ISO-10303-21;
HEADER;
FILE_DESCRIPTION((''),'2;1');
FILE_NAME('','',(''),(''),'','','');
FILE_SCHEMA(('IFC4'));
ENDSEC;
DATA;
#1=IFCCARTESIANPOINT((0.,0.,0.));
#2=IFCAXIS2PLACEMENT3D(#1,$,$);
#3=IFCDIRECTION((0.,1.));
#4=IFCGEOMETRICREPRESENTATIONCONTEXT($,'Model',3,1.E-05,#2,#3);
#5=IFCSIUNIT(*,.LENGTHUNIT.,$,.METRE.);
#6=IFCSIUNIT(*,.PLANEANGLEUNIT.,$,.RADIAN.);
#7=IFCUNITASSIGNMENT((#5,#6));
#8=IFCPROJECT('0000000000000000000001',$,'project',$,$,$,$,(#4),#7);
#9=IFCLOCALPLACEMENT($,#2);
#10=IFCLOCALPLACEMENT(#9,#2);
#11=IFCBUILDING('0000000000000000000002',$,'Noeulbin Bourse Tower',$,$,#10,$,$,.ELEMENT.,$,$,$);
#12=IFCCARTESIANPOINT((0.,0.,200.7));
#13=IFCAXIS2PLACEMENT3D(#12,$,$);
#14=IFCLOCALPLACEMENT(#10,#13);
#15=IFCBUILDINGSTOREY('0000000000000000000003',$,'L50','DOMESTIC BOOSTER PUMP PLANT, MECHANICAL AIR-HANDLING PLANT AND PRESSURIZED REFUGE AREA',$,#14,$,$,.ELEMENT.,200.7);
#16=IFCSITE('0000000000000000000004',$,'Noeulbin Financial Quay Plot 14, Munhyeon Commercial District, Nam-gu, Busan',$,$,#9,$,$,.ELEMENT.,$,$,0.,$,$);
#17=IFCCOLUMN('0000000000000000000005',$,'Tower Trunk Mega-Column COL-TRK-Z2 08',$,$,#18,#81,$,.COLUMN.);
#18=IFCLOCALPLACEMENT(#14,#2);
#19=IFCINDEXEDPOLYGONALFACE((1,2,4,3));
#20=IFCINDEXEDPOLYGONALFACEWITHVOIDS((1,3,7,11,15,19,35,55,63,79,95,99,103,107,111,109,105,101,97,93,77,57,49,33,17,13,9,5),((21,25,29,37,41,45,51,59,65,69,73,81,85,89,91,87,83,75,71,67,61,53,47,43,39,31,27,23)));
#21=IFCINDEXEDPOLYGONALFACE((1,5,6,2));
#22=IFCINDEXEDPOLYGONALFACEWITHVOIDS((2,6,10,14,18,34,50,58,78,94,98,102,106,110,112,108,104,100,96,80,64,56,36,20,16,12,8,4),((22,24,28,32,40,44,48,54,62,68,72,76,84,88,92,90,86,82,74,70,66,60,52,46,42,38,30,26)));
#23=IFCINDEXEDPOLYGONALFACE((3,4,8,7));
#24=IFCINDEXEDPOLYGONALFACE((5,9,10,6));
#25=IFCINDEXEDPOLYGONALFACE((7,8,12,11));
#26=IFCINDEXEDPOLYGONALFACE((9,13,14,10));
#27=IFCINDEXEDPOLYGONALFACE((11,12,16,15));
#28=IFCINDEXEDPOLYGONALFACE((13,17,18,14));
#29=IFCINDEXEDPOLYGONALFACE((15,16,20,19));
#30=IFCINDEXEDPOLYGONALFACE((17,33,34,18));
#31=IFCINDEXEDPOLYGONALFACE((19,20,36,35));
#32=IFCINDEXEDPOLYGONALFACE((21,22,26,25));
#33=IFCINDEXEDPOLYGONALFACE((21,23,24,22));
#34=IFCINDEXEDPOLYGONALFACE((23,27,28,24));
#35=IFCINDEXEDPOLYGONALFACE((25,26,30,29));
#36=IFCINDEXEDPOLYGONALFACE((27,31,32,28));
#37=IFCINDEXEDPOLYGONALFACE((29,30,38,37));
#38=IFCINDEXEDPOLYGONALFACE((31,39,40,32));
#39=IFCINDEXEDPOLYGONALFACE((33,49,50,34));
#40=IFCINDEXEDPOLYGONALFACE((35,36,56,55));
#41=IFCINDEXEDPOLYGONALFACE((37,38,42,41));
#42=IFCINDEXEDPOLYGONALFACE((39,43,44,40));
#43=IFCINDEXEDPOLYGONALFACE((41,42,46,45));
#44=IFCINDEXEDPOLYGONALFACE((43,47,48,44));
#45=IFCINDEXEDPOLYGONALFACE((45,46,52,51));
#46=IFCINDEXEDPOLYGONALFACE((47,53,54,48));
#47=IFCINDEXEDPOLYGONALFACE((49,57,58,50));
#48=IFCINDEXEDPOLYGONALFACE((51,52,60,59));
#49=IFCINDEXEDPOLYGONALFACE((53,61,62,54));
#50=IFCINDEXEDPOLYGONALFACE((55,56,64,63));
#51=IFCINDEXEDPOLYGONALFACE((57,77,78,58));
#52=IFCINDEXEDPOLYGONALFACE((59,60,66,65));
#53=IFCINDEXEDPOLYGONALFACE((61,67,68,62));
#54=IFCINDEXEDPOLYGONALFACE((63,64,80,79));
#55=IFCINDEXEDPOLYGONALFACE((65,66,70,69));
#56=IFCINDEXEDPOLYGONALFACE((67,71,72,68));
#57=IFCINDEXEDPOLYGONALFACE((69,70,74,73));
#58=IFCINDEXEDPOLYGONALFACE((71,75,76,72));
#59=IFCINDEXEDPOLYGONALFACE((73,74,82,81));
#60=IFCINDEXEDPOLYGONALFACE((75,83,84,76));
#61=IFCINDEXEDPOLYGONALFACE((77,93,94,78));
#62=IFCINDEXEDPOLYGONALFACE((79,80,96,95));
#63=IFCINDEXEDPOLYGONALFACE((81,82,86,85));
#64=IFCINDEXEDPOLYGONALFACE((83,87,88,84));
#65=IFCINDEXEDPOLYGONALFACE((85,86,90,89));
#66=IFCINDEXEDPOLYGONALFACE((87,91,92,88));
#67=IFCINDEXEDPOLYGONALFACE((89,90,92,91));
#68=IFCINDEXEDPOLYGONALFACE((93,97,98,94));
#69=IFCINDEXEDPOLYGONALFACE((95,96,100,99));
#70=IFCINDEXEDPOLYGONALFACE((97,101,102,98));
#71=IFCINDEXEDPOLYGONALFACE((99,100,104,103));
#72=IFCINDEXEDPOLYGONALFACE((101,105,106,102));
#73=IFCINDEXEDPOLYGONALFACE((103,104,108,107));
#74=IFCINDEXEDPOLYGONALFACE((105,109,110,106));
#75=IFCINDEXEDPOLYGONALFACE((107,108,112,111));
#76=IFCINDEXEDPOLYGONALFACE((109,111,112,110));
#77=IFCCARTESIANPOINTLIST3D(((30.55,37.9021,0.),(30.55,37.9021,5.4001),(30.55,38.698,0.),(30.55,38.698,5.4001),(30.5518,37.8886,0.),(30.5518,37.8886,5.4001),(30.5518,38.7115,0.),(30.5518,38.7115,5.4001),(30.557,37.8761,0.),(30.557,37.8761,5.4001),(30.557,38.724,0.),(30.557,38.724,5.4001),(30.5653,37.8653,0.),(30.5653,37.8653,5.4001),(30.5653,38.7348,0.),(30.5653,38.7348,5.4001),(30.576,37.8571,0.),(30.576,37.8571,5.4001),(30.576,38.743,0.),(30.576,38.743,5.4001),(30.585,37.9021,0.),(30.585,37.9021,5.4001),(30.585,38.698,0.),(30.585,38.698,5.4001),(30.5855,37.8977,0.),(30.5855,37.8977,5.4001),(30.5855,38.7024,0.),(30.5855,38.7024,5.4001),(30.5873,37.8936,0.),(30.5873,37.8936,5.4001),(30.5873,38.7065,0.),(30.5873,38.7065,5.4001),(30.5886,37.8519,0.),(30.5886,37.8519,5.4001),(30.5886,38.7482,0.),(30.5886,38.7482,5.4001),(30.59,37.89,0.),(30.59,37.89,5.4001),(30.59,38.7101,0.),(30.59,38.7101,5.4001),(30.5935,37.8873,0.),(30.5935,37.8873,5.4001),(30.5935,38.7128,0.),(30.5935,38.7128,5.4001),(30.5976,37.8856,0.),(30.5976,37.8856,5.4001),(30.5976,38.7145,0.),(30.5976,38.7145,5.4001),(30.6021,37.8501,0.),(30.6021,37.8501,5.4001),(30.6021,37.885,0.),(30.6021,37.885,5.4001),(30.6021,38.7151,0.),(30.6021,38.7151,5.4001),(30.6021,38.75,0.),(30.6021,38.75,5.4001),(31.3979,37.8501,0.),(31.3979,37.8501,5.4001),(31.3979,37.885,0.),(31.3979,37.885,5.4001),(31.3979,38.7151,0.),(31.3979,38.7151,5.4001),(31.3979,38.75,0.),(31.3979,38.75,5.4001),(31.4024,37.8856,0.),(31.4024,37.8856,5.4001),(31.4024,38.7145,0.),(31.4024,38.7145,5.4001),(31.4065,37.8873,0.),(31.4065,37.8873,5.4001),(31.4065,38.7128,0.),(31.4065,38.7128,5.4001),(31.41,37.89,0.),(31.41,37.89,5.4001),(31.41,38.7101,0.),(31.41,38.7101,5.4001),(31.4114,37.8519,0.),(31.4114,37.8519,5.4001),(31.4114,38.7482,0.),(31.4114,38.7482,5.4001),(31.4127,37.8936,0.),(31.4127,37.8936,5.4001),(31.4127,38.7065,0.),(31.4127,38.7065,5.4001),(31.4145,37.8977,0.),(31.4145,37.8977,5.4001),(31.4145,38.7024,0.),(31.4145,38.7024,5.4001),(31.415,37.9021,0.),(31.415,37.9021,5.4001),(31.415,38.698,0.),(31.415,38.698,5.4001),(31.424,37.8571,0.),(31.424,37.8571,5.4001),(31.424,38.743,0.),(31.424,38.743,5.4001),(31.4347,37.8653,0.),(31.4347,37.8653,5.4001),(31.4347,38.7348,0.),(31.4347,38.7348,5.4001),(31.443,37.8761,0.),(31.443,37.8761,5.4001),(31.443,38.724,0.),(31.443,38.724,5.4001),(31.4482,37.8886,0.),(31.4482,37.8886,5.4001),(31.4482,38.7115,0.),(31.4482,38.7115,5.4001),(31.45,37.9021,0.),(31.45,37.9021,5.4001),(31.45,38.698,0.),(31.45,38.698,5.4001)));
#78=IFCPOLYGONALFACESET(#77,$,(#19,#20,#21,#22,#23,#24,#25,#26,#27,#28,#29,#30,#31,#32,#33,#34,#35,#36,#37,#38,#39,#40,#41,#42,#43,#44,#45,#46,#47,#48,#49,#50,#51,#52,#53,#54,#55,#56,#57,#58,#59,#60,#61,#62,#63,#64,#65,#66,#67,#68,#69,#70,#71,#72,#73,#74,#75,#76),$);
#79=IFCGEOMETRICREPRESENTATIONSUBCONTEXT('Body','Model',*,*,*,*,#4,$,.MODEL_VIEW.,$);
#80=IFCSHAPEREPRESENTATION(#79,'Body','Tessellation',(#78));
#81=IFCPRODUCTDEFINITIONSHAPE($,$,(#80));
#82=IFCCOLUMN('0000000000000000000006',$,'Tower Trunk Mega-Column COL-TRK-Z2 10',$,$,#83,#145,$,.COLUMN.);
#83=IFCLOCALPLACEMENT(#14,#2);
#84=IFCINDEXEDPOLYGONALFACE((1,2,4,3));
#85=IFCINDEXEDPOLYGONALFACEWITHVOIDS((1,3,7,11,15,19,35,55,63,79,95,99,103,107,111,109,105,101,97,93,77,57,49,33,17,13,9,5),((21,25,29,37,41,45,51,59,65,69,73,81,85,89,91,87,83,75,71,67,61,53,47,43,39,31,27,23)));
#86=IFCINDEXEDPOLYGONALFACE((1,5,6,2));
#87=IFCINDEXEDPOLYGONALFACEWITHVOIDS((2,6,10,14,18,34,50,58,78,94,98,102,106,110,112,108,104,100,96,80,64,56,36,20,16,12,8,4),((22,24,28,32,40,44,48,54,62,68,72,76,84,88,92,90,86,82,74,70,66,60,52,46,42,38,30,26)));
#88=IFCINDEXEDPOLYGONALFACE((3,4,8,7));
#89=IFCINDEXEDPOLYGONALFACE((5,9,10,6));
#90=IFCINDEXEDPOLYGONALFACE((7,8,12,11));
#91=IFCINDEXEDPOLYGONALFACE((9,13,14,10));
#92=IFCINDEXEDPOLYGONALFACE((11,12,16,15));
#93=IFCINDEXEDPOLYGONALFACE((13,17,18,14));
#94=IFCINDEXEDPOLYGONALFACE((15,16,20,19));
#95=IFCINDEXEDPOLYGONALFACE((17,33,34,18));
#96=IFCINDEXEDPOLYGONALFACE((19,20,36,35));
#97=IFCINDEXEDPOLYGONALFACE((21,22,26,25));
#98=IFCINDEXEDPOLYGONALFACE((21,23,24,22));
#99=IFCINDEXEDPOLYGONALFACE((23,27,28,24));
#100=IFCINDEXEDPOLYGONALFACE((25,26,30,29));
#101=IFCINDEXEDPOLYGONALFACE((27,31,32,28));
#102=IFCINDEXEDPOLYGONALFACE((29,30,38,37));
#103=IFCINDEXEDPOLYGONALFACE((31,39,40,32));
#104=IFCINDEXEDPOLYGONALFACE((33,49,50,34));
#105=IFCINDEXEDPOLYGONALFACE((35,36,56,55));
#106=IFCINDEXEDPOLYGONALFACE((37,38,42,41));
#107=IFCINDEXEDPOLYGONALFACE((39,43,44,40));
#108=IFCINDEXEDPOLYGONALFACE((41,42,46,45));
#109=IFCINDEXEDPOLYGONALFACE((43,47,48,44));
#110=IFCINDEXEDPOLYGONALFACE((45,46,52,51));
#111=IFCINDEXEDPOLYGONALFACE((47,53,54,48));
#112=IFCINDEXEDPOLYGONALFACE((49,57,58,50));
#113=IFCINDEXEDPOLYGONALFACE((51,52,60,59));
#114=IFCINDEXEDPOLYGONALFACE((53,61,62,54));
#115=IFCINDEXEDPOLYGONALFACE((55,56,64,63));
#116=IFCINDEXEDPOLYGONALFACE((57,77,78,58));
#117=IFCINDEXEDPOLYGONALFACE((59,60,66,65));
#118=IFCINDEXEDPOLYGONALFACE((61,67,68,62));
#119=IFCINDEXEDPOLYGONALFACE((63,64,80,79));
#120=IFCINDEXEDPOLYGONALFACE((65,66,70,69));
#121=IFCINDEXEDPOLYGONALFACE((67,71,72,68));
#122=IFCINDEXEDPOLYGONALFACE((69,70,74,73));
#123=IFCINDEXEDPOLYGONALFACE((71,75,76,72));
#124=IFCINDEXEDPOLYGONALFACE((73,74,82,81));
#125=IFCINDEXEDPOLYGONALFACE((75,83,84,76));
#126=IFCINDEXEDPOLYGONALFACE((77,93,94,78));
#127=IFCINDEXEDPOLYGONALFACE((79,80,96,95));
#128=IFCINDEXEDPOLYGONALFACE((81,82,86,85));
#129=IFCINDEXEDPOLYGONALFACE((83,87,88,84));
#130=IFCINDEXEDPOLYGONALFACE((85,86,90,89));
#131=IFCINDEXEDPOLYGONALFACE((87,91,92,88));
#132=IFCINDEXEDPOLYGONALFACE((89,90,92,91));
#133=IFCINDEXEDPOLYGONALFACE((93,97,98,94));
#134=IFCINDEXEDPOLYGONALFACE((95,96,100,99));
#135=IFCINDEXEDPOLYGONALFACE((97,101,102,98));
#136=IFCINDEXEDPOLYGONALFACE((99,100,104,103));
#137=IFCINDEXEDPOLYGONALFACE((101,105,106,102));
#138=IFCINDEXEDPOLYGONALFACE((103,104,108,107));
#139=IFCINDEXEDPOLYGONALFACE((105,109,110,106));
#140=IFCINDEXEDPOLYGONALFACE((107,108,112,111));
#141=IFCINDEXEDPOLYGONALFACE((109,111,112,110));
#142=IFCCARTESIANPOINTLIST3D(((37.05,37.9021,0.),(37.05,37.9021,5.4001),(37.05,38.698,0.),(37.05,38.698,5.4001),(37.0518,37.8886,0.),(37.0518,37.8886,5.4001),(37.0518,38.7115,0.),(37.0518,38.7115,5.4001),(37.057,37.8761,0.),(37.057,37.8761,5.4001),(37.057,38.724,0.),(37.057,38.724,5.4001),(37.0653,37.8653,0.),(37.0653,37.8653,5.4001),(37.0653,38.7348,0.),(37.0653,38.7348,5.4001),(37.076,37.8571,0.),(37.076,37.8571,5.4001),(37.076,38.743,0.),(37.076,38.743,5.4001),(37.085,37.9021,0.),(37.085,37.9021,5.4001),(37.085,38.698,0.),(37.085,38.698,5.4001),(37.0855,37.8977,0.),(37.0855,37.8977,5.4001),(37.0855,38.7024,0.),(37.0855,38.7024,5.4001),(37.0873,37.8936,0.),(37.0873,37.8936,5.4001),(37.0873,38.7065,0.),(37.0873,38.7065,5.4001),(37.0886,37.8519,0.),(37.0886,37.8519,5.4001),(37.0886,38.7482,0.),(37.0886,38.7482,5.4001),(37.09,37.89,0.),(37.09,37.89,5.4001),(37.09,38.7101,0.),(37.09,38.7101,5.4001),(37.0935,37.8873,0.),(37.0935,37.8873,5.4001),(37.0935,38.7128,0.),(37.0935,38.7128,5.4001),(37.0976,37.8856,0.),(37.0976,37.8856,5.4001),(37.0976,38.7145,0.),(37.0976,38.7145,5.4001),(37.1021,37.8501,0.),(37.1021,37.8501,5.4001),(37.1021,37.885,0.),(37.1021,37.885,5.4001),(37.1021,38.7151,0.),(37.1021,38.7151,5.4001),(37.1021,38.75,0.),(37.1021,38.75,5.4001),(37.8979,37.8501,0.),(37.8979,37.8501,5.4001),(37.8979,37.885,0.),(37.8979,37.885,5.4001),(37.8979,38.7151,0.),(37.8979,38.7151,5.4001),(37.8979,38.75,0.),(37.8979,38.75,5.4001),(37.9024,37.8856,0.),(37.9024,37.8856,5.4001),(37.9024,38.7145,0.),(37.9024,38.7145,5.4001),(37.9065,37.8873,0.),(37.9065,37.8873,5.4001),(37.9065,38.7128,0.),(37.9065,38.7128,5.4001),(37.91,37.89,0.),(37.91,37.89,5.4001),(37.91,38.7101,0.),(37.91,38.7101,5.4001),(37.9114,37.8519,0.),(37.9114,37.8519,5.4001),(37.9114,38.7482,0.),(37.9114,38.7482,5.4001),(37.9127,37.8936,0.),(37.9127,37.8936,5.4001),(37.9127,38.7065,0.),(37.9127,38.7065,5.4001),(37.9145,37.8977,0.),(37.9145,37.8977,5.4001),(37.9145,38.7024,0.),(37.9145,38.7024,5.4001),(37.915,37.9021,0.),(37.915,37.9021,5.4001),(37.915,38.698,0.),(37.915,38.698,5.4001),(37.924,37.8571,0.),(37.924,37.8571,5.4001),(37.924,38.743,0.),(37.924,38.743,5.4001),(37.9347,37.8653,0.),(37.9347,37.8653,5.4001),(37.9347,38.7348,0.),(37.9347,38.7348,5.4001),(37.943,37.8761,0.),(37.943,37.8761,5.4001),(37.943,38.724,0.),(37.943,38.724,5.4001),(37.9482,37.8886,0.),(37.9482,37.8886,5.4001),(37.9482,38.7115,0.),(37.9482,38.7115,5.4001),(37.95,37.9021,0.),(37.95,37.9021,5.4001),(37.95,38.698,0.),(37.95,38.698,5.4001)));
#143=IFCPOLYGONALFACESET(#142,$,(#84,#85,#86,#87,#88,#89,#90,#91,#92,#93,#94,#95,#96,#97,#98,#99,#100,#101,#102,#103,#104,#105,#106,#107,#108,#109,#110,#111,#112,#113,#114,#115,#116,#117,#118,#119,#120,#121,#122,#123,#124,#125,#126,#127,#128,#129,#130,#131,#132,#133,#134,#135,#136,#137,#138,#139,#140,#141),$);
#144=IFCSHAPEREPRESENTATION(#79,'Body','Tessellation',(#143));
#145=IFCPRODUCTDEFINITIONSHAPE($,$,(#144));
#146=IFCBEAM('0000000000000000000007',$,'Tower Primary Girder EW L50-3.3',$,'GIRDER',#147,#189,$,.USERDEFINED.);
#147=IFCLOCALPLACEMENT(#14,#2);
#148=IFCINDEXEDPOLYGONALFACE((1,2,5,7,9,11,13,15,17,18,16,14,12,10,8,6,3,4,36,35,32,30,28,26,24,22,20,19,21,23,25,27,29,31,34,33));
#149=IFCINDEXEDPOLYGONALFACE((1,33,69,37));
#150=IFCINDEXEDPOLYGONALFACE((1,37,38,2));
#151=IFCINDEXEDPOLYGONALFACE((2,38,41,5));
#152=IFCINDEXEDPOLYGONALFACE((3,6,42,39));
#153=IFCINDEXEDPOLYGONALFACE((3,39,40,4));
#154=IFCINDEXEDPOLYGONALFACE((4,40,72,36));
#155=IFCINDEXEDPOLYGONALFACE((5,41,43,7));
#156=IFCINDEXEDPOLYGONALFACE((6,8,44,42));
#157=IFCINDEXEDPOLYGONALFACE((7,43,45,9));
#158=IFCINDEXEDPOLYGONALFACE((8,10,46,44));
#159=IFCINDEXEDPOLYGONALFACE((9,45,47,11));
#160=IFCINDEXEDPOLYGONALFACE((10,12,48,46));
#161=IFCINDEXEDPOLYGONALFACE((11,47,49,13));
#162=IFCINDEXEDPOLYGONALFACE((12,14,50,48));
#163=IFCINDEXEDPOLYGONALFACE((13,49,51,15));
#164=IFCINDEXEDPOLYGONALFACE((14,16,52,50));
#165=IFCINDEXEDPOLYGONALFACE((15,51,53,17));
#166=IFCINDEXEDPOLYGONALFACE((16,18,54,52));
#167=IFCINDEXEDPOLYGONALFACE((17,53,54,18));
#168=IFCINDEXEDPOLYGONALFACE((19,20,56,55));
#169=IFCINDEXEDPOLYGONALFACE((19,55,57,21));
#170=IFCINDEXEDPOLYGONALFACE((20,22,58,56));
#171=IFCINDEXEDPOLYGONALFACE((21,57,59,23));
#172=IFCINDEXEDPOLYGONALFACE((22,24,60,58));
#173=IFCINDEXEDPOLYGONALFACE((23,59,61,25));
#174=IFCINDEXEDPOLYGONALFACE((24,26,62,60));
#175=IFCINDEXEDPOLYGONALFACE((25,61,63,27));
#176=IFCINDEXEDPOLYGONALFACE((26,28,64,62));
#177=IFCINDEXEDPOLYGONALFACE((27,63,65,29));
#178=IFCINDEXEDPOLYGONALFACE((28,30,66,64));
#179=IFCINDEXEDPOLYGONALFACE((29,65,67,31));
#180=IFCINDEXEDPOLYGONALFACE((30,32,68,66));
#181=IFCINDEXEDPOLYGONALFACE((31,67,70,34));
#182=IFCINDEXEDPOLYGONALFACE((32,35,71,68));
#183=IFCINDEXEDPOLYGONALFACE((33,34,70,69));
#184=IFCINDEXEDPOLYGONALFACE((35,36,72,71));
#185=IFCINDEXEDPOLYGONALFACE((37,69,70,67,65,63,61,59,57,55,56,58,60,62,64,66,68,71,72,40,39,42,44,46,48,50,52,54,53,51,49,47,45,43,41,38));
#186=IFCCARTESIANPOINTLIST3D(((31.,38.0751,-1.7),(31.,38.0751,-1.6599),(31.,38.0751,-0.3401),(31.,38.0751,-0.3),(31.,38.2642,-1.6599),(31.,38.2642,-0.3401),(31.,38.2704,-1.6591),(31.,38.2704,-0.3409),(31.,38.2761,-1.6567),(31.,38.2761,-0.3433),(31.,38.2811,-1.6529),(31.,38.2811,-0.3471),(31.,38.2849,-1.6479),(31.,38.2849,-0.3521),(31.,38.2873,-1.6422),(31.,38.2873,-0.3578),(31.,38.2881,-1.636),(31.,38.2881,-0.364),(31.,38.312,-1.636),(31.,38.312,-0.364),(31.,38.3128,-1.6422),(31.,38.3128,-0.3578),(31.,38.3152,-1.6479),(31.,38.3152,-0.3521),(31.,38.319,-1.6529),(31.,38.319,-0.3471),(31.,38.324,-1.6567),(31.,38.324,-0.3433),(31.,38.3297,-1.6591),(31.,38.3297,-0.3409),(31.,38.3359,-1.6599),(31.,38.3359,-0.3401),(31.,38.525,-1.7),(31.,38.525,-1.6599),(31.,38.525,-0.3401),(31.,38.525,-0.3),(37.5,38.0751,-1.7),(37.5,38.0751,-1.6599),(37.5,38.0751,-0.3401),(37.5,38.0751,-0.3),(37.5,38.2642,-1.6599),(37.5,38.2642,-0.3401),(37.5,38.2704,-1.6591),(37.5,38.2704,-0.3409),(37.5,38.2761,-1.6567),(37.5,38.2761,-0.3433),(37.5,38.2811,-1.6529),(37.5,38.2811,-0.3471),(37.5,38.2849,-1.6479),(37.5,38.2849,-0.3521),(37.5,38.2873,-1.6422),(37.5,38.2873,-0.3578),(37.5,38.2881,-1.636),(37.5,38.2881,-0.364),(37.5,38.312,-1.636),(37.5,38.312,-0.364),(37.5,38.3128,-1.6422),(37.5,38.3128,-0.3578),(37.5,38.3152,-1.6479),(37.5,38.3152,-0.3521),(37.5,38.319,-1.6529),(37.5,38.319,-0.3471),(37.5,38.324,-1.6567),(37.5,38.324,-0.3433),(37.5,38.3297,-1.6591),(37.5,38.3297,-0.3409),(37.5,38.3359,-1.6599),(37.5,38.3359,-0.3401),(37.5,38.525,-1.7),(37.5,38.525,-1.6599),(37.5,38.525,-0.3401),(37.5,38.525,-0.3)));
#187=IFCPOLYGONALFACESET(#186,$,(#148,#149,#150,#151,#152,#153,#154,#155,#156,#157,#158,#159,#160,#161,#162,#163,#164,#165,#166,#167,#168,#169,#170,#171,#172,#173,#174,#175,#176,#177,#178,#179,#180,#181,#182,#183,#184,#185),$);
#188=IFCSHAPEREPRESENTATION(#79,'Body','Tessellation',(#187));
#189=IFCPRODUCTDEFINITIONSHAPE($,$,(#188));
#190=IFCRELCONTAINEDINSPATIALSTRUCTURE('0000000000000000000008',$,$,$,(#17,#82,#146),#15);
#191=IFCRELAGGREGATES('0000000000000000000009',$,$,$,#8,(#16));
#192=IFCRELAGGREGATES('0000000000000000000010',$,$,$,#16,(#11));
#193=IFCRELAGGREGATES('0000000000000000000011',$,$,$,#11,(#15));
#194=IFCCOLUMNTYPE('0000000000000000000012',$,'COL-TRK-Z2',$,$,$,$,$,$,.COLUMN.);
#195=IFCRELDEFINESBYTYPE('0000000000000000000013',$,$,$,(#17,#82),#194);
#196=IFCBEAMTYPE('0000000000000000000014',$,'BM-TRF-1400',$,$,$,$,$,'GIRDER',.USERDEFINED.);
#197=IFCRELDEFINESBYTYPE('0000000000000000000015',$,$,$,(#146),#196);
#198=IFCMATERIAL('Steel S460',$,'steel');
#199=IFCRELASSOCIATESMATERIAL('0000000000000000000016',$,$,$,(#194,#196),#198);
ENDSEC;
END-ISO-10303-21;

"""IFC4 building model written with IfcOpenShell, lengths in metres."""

from ifc_helpers import new_model, si_unit, direction, frame, origin, origin_2d, place, context, subcontext, project, spatial, hollow_rectangle, i_section, extrude, material, material_profile, profile_set, type_object, element, save


model = new_model("IFC4")

# Units and contexts
model_context = context("Model", 3, precision=1e-05, world=origin(), true_north=direction((0.0, 1.0)))
body_context = subcontext(model_context, "Body", "Model", "MODEL_VIEW")
ifc_project = project(units=[si_unit("LENGTHUNIT", "METRE"), si_unit("PLANEANGLEUNIT", "RADIAN")], contexts=[model_context])

# Site, building, storey
site_placement = place(None, origin())
site = spatial("IfcSite", under=ifc_project, at=site_placement, Name="Noeulbin Financial Quay Plot 14, Munhyeon Commercial District, Nam-gu, Busan", CompositionType="ELEMENT", RefElevation=0.0)
building_placement = place(site_placement, origin())
building = spatial("IfcBuilding", under=site, at=building_placement, Name="Noeulbin Bourse Tower", CompositionType="ELEMENT")
storey_placement = place(building_placement, frame((0.0, 0.0, 200.7)))
storey = spatial("IfcBuildingStorey", under=building, at=storey_placement, Name="L50", Description="DOMESTIC BOOSTER PUMP PLANT, MECHANICAL AIR-HANDLING PLANT AND PRESSURIZED REFUGE AREA", CompositionType="ELEMENT", Elevation=200.7)

# Columns
ifc_material_1 = material(Name="Steel S460", Category="steel")
ifc_material_profile_1 = material_profile(ifc_material_1, hollow_rectangle(XDim=0.8999, YDim=0.8999, WallThickness=0.0349, InnerFilletRadius=0.0171, OuterFilletRadius=0.052, at=origin_2d()), Name="BOX-900x900x35", Category="LoadBearing")
ifc_profile_set_1 = profile_set([ifc_material_profile_1], Name="Steel S460")
column_type = type_object("IfcColumnType", Name="COL-TRK-Z2", PredefinedType="COLUMN", material=ifc_profile_set_1)
for number, where, z_axis, x_axis, name in (
    (1, (31.0, 38.3, 0.0), (0.0, 0.0, 1.0), (1.0, 0.0, 0.0), "Tower Trunk Mega-Column COL-TRK-Z2 08"),
    (2, (37.5, 38.3, 0.0), (0.0, 0.0, 1.0), (1.0, 0.0, 0.0), "Tower Trunk Mega-Column COL-TRK-Z2 10"),
):
    element("IfcColumn", number, at=place(storey_placement, frame(where, z_axis=z_axis, x_axis=x_axis)), inside=storey, type_object=column_type, Name=name, PredefinedType="COLUMN", context=body_context, shape_type="SweptSolid", body=[
        extrude(hollow_rectangle(XDim=0.8999, YDim=0.8999, WallThickness=0.0349, InnerFilletRadius=0.0171, OuterFilletRadius=0.052, at=origin_2d()), origin(), (0.0, 0.0, 1.0), 5.4001),
    ])

# Beam
ifc_material_profile_2 = material_profile(ifc_material_1, i_section(OverallWidth=0.45, OverallDepth=1.3999, WebThickness=0.0239, FlangeThickness=0.04, FilletRadius=0.0239, at=origin_2d()), Name="PG-1400x450x24x40", Category="LoadBearing")
ifc_profile_set_2 = profile_set([ifc_material_profile_2], Name="Steel S460")
beam_type = type_object("IfcBeamType", Name="BM-TRF-1400", ElementType="GIRDER", PredefinedType="USERDEFINED", material=ifc_profile_set_2)
for number, where, z_axis, x_axis, name in (
    (3, (31.0, 38.3, -1.0), (1.0, 0.0, 0.0), (0.0, 1.0, 0.0), "Tower Primary Girder EW L50-3.3"),
):
    element("IfcBeam", number, at=place(storey_placement, frame(where, z_axis=z_axis, x_axis=x_axis)), inside=storey, type_object=beam_type, Name=name, ObjectType="GIRDER", PredefinedType="USERDEFINED", context=body_context, shape_type="SweptSolid", body=[
        extrude(i_section(OverallWidth=0.45, OverallDepth=1.3999, WebThickness=0.0239, FlangeThickness=0.04, FilletRadius=0.0239, at=origin_2d()), origin(), (0.0, 0.0, 1.0), 6.5),
    ])

save(model, "model.ifc")
